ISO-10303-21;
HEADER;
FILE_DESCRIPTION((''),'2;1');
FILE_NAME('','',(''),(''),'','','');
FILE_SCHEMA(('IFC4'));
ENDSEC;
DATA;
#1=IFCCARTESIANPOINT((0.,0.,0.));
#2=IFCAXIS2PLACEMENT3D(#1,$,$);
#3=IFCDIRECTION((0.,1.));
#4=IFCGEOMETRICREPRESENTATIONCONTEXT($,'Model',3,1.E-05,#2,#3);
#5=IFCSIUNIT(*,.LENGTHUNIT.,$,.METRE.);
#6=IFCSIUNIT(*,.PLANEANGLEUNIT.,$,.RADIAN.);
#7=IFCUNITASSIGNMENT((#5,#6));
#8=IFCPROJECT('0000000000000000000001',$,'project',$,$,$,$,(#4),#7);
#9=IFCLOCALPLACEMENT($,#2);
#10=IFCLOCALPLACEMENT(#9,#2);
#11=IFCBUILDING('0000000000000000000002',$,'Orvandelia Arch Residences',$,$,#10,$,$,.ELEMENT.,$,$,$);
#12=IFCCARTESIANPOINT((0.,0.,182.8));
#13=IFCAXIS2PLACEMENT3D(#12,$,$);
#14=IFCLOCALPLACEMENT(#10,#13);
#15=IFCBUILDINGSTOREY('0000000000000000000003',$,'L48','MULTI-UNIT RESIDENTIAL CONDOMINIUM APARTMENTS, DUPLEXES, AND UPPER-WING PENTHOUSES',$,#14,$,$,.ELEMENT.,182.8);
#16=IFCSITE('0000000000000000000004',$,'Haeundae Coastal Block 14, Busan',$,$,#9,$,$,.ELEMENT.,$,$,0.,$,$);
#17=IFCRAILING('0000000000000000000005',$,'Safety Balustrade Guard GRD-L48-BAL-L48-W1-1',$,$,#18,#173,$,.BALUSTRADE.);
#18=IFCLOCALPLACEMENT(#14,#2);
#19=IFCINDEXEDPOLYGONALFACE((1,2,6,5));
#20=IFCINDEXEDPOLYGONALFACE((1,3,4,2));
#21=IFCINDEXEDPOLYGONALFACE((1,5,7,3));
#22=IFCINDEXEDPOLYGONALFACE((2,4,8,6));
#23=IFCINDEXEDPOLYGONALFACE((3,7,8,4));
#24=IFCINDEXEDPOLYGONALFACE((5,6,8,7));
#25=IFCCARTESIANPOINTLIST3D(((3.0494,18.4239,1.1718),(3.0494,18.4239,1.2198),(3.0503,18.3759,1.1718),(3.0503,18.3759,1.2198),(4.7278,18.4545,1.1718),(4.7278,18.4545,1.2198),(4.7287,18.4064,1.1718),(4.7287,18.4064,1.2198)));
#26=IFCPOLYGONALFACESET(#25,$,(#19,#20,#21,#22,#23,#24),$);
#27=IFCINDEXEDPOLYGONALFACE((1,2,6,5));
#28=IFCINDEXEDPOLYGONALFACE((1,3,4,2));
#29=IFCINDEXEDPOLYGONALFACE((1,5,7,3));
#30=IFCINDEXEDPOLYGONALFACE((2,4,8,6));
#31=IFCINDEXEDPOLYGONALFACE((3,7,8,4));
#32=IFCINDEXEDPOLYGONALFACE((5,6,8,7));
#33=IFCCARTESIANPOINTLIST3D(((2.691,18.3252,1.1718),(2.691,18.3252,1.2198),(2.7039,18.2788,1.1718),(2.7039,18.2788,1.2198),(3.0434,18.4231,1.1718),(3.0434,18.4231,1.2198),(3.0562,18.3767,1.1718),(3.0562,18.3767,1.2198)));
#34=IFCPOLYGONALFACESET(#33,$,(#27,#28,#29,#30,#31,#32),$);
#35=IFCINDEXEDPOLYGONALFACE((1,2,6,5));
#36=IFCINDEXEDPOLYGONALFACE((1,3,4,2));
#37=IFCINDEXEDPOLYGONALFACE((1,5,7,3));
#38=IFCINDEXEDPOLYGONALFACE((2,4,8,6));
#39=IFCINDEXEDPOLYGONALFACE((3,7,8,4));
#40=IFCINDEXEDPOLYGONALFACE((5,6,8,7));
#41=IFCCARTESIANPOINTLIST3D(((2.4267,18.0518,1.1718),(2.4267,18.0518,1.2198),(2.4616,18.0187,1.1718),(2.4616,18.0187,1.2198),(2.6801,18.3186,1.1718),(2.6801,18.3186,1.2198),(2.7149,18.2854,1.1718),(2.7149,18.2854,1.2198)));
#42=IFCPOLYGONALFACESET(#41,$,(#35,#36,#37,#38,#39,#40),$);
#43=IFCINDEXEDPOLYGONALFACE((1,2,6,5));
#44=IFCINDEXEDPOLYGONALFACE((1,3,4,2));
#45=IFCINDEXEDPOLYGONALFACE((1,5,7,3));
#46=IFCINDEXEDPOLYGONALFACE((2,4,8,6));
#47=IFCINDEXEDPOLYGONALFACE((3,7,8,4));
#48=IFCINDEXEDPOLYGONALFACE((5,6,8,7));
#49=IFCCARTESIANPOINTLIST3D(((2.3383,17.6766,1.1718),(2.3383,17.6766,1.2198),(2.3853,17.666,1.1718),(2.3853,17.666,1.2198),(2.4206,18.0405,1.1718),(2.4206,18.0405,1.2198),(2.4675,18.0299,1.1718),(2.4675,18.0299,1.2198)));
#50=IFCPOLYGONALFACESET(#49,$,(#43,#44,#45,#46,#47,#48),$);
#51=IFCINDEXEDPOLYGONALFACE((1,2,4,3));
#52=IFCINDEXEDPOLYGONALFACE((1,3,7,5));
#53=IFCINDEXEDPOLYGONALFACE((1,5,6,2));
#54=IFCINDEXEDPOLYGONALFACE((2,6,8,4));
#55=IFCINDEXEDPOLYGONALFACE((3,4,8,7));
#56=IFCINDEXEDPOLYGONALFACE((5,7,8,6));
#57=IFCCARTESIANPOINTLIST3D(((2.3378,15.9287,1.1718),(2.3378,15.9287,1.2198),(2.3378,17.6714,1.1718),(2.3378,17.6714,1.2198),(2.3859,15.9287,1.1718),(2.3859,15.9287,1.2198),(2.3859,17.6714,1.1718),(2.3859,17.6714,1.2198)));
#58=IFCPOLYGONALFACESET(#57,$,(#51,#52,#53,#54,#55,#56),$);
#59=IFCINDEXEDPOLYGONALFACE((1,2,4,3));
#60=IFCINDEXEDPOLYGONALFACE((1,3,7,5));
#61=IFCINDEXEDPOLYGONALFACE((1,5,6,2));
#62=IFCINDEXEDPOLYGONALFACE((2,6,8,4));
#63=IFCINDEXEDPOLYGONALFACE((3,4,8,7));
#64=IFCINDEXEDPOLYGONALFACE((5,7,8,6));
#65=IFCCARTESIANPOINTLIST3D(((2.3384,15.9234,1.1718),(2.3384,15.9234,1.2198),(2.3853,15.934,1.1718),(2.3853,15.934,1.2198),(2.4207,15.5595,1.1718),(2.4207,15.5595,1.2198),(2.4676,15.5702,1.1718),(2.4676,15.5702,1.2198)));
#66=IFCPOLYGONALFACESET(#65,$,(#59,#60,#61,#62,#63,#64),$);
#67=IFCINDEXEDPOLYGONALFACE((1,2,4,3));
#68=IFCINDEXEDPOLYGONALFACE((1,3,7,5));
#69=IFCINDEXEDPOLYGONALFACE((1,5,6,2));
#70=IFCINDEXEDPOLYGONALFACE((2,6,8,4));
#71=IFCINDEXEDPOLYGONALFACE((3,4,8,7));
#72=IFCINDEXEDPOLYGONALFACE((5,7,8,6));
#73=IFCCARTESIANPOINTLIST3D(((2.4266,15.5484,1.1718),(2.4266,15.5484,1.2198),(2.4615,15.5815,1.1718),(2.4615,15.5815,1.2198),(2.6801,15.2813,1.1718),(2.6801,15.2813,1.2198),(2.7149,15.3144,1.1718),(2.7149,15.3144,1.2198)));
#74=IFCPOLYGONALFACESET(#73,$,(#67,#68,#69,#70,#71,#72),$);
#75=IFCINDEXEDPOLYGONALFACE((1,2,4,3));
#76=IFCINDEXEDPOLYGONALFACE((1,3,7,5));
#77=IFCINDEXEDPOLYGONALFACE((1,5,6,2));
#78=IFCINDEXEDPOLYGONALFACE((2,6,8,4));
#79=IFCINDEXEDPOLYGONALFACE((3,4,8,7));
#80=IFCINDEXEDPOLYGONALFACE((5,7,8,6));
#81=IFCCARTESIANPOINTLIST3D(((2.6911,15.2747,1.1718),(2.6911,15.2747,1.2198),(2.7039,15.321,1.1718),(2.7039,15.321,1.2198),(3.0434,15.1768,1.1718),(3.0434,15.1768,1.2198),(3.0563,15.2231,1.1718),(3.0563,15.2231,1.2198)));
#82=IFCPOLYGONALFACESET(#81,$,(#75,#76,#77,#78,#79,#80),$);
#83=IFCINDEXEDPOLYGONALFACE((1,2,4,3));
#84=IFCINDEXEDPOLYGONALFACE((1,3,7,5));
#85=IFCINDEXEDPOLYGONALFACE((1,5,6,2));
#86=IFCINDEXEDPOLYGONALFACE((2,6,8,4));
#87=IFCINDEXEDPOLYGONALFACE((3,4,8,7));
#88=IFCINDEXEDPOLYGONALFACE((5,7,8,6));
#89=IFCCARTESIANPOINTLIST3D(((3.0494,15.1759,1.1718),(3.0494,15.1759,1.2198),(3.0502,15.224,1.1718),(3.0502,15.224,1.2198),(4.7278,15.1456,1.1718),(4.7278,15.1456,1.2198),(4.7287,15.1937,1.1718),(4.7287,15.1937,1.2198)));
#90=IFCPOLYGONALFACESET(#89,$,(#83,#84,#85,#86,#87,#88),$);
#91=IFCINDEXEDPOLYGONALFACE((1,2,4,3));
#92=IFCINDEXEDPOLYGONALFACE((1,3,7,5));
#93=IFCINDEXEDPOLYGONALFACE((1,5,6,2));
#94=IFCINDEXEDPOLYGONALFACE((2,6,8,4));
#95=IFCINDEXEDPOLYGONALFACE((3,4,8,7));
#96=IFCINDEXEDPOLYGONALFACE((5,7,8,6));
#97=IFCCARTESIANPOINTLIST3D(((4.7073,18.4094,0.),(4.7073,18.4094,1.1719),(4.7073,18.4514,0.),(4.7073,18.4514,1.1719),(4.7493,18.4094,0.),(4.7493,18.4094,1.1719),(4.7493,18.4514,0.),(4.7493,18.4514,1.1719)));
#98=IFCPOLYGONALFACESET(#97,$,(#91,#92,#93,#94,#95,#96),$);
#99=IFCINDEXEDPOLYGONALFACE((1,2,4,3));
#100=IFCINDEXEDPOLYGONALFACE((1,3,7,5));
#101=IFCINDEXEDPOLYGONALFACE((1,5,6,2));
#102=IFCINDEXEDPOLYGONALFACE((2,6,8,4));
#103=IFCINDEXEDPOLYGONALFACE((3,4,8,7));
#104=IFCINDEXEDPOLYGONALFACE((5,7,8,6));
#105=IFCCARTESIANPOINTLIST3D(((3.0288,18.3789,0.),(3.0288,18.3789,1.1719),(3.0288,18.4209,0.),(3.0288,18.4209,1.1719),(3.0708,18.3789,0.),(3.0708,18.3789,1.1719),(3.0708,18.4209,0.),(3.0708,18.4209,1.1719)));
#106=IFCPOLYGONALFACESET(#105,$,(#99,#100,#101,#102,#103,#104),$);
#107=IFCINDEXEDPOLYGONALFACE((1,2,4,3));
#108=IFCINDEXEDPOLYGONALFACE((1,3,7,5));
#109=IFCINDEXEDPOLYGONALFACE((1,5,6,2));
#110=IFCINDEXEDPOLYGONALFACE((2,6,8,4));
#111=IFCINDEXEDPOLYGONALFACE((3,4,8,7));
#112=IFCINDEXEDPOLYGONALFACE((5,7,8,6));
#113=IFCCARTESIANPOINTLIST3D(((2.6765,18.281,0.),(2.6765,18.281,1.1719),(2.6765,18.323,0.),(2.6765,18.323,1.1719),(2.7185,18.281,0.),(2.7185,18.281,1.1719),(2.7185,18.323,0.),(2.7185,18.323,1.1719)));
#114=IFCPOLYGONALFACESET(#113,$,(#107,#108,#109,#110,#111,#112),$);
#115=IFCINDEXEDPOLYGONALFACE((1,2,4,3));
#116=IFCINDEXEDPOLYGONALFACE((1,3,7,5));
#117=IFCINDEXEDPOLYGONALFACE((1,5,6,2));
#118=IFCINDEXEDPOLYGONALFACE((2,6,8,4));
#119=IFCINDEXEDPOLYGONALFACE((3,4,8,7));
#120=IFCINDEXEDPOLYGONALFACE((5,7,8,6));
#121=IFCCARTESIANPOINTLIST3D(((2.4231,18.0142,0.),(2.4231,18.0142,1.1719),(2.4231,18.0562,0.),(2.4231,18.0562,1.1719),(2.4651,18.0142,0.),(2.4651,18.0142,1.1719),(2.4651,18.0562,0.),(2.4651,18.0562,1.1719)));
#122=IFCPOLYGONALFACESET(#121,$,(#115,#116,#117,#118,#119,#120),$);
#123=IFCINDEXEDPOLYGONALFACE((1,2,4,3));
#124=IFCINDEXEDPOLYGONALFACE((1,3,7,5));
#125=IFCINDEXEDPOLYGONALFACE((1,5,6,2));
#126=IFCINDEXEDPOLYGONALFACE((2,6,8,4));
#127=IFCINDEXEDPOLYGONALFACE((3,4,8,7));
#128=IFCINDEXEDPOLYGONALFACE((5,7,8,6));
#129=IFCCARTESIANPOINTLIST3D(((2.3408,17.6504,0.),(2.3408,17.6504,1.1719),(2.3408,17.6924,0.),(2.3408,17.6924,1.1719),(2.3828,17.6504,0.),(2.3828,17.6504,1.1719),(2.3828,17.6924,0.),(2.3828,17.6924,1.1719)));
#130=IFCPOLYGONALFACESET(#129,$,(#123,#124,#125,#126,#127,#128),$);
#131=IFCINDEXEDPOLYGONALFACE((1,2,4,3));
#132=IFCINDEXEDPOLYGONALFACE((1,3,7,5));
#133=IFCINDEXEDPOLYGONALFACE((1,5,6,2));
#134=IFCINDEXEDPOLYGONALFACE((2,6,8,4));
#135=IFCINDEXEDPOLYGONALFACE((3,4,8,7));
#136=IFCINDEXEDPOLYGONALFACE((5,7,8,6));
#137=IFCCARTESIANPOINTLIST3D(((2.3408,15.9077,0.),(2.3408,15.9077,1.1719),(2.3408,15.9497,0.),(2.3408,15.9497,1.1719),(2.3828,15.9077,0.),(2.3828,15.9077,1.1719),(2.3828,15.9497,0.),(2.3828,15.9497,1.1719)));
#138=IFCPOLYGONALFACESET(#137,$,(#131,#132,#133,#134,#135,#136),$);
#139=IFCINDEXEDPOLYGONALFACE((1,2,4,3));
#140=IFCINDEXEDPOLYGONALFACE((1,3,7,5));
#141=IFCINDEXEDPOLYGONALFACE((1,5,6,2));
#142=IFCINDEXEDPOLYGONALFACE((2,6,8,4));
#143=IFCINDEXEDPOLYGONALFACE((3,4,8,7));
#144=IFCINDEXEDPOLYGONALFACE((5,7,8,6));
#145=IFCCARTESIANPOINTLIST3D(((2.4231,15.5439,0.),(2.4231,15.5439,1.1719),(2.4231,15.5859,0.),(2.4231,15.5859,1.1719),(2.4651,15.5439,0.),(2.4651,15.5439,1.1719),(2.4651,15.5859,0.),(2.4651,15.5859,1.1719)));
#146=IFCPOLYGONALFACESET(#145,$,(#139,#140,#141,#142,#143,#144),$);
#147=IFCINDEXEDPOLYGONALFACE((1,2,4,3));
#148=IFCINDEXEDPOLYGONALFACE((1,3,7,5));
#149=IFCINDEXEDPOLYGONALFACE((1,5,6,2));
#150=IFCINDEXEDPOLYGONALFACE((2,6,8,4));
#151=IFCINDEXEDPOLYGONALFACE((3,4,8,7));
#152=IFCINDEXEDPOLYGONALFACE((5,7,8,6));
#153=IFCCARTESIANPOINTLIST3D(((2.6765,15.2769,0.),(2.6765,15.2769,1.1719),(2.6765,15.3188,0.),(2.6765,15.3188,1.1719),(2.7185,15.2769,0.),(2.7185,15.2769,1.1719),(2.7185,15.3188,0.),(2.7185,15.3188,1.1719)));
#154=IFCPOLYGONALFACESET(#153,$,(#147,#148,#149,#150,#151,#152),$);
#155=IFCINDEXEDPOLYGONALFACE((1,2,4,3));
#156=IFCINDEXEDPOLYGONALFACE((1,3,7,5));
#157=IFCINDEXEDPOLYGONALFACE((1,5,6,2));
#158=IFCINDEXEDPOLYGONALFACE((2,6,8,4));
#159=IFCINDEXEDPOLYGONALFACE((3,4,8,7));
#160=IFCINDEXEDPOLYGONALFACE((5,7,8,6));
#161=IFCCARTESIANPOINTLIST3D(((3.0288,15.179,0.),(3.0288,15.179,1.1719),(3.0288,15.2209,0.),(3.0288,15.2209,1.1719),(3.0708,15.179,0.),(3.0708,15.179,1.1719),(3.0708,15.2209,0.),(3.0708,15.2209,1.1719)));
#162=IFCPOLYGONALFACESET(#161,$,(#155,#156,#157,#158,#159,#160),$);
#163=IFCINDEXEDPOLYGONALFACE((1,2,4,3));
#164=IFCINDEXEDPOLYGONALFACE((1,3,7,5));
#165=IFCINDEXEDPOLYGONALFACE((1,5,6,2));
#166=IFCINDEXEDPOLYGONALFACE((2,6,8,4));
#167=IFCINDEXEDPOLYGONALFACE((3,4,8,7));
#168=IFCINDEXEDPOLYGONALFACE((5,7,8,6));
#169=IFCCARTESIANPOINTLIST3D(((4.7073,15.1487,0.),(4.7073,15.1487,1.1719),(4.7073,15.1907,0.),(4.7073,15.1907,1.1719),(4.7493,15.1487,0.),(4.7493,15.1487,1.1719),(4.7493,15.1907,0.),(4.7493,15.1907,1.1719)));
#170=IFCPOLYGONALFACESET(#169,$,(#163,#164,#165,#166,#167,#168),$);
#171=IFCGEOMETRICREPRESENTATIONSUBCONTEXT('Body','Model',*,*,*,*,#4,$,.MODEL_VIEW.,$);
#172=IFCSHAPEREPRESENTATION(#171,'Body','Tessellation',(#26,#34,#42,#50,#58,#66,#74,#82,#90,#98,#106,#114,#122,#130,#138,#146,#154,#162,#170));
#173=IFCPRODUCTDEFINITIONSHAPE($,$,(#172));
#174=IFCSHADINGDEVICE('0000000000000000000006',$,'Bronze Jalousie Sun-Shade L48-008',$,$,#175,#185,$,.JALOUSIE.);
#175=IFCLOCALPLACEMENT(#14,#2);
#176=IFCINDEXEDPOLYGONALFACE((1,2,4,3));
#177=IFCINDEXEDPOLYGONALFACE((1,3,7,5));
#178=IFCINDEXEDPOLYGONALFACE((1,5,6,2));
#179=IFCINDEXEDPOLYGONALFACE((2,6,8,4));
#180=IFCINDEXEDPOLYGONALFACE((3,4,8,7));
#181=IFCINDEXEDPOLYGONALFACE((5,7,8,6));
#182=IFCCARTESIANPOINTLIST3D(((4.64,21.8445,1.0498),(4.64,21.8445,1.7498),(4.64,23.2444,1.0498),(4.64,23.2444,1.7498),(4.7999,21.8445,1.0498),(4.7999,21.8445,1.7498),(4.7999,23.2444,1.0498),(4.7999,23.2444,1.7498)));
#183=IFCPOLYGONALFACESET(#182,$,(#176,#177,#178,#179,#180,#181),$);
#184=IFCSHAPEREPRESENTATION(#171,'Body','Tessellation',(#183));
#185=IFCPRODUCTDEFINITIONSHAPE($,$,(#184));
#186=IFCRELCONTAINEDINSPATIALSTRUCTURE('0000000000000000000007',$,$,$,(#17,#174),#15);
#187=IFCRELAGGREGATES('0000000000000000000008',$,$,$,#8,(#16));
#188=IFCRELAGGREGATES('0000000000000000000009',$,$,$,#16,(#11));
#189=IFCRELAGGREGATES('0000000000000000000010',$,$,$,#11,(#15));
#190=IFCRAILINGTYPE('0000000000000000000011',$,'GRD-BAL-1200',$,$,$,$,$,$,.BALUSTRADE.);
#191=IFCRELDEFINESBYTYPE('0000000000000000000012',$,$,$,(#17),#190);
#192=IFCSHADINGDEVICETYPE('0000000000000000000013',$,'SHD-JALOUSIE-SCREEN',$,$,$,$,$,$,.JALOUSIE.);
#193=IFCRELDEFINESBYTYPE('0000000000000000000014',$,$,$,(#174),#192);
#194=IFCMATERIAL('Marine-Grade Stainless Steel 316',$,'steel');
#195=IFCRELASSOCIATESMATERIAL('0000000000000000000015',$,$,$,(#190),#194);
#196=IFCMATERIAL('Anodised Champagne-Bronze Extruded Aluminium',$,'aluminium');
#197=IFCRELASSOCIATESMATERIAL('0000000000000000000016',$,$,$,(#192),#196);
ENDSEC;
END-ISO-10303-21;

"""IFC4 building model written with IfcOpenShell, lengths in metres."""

from ifc_helpers import new_model, si_unit, direction, frame, origin, origin_2d, place, context, subcontext, project, spatial, rectangle, extrude, material, type_object, element, save


model = new_model("IFC4")

# Units and contexts
model_context = context("Model", 3, precision=1e-05, world=origin(), true_north=direction((0.0, 1.0)))
body_context = subcontext(model_context, "Body", "Model", "MODEL_VIEW")
ifc_project = project(units=[si_unit("LENGTHUNIT", "METRE"), si_unit("PLANEANGLEUNIT", "RADIAN")], contexts=[model_context])

# Site, building, storey
site_placement = place(None, origin())
site = spatial("IfcSite", under=ifc_project, at=site_placement, Name="Haeundae Coastal Block 14, Busan", CompositionType="ELEMENT", RefElevation=0.0)
building_placement = place(site_placement, origin())
building = spatial("IfcBuilding", under=site, at=building_placement, Name="Orvandelia Arch Residences", CompositionType="ELEMENT")
storey_placement = place(building_placement, frame((0.0, 0.0, 182.8)))
storey = spatial("IfcBuildingStorey", under=building, at=storey_placement, Name="L48", Description="MULTI-UNIT RESIDENTIAL CONDOMINIUM APARTMENTS, DUPLEXES, AND UPPER-WING PENTHOUSES", CompositionType="ELEMENT", Elevation=182.8)

# Railing
ifc_material_1 = material(Name="Marine-Grade Stainless Steel 316", Category="steel")
railing_type = type_object("IfcRailingType", Name="GRD-BAL-1200", PredefinedType="BALUSTRADE", material=ifc_material_1)
railing_placement = place(storey_placement, frame((4.7283, 18.4304, 0.0)))
element("IfcRailing", 1, at=railing_placement, inside=storey, type_object=railing_type, Name="Safety Balustrade Guard GRD-L48-BAL-L48-W1-1", PredefinedType="BALUSTRADE", context=body_context, shape_type="SweptSolid", body=[
    extrude(rectangle(XDim=0.0481, YDim=0.0481, at=origin_2d()), frame((0.0, 0.0, 1.1958), z_axis=(-0.999835, -0.018179, 0.0), x_axis=(0.018179, -0.999835, 0.0)), (0.0, 0.0, 1.0), 1.6787),
    extrude(rectangle(XDim=0.0481, YDim=0.0481, at=origin_2d()), frame((-1.6785, -0.0305, 1.1958), z_axis=(-0.963489, -0.267747, 0.0), x_axis=(0.267747, -0.963489, 0.0)), (0.0, 0.0, 1.0), 0.3657),
    extrude(rectangle(XDim=0.0481, YDim=0.0481, at=origin_2d()), frame((-2.0308, -0.1284, 1.1958), z_axis=(-0.688627, -0.725115, 0.0), x_axis=(0.725115, -0.688627, 0.0)), (0.0, 0.0, 1.0), 0.3679),
    extrude(rectangle(XDim=0.0481, YDim=0.0481, at=origin_2d()), frame((-2.2842, -0.3953, 1.1958), z_axis=(-0.220602, -0.975364, 0.0), x_axis=(0.975364, -0.220602, 0.0)), (0.0, 0.0, 1.0), 0.373),
    extrude(rectangle(XDim=0.0481, YDim=0.0481, at=origin_2d()), frame((-2.3665, -0.759, 1.1958), z_axis=(0.0, -1.0, 0.0), x_axis=(1.0, 0.0, 0.0)), (0.0, 0.0, 1.0), 1.7427),
    extrude(rectangle(XDim=0.0481, YDim=0.0481, at=origin_2d()), frame((-2.3665, -2.5017, 1.1958), z_axis=(0.220602, -0.975364, 0.0), x_axis=(0.975364, 0.220602, 0.0)), (0.0, 0.0, 1.0), 0.373),
    extrude(rectangle(XDim=0.0481, YDim=0.0481, at=origin_2d()), frame((-2.2842, -2.8655, 1.1958), z_axis=(0.688296, -0.72543, 0.0), x_axis=(0.72543, 0.688296, 0.0)), (0.0, 0.0, 1.0), 0.3682),
    extrude(rectangle(XDim=0.0481, YDim=0.0481, at=origin_2d()), frame((-2.0308, -3.1326, 1.1958), z_axis=(0.963489, -0.267747, 0.0), x_axis=(0.267747, 0.963489, 0.0)), (0.0, 0.0, 1.0), 0.3657),
    extrude(rectangle(XDim=0.0481, YDim=0.0481, at=origin_2d()), frame((-1.6785, -3.2305, 1.1958), z_axis=(0.999837, -0.018033, 0.0), x_axis=(0.018033, 0.999837, 0.0)), (0.0, 0.0, 1.0), 1.6787),
    extrude(rectangle(XDim=0.042, YDim=0.042, at=origin_2d()), origin(), (0.0, 0.0, 1.0), 1.1719),
    extrude(rectangle(XDim=0.042, YDim=0.042, at=origin_2d()), frame((-1.6785, -0.0305, 0.0)), (0.0, 0.0, 1.0), 1.1719),
    extrude(rectangle(XDim=0.042, YDim=0.042, at=origin_2d()), frame((-2.0308, -0.1284, 0.0)), (0.0, 0.0, 1.0), 1.1719),
    extrude(rectangle(XDim=0.042, YDim=0.042, at=origin_2d()), frame((-2.2842, -0.3953, 0.0)), (0.0, 0.0, 1.0), 1.1719),
    extrude(rectangle(XDim=0.042, YDim=0.042, at=origin_2d()), frame((-2.3665, -0.759, 0.0)), (0.0, 0.0, 1.0), 1.1719),
    extrude(rectangle(XDim=0.042, YDim=0.042, at=origin_2d()), frame((-2.3665, -2.5017, 0.0)), (0.0, 0.0, 1.0), 1.1719),
    extrude(rectangle(XDim=0.042, YDim=0.042, at=origin_2d()), frame((-2.2842, -2.8655, 0.0)), (0.0, 0.0, 1.0), 1.1719),
    extrude(rectangle(XDim=0.042, YDim=0.042, at=origin_2d()), frame((-2.0308, -3.1326, 0.0)), (0.0, 0.0, 1.0), 1.1719),
    extrude(rectangle(XDim=0.042, YDim=0.042, at=origin_2d()), frame((-1.6785, -3.2305, 0.0)), (0.0, 0.0, 1.0), 1.1719),
    extrude(rectangle(XDim=0.042, YDim=0.042, at=origin_2d()), frame((0.0, -3.2607, 0.0)), (0.0, 0.0, 1.0), 1.1719),
])

# Shading device
ifc_material_2 = material(Name="Anodised Champagne-Bronze Extruded Aluminium", Category="aluminium")
shading_device_type = type_object("IfcShadingDeviceType", Name="SHD-JALOUSIE-SCREEN", PredefinedType="JALOUSIE", material=ifc_material_2)
shading_device_placement = place(storey_placement, frame((4.72, 22.5444, 1.0498), z_axis=(0.0, 0.0, 1.0), x_axis=(0.0, 1.0, 0.0)))
element("IfcShadingDevice", 2, at=shading_device_placement, inside=storey, type_object=shading_device_type, Name="Bronze Jalousie Sun-Shade L48-008", PredefinedType="JALOUSIE", context=body_context, shape_type="SweptSolid", body=[
    extrude(rectangle(XDim=1.3999, YDim=0.1599, at=origin_2d()), origin(), (0.0, 0.0, 1.0), 0.7),
])

save(model, "model.ifc")
